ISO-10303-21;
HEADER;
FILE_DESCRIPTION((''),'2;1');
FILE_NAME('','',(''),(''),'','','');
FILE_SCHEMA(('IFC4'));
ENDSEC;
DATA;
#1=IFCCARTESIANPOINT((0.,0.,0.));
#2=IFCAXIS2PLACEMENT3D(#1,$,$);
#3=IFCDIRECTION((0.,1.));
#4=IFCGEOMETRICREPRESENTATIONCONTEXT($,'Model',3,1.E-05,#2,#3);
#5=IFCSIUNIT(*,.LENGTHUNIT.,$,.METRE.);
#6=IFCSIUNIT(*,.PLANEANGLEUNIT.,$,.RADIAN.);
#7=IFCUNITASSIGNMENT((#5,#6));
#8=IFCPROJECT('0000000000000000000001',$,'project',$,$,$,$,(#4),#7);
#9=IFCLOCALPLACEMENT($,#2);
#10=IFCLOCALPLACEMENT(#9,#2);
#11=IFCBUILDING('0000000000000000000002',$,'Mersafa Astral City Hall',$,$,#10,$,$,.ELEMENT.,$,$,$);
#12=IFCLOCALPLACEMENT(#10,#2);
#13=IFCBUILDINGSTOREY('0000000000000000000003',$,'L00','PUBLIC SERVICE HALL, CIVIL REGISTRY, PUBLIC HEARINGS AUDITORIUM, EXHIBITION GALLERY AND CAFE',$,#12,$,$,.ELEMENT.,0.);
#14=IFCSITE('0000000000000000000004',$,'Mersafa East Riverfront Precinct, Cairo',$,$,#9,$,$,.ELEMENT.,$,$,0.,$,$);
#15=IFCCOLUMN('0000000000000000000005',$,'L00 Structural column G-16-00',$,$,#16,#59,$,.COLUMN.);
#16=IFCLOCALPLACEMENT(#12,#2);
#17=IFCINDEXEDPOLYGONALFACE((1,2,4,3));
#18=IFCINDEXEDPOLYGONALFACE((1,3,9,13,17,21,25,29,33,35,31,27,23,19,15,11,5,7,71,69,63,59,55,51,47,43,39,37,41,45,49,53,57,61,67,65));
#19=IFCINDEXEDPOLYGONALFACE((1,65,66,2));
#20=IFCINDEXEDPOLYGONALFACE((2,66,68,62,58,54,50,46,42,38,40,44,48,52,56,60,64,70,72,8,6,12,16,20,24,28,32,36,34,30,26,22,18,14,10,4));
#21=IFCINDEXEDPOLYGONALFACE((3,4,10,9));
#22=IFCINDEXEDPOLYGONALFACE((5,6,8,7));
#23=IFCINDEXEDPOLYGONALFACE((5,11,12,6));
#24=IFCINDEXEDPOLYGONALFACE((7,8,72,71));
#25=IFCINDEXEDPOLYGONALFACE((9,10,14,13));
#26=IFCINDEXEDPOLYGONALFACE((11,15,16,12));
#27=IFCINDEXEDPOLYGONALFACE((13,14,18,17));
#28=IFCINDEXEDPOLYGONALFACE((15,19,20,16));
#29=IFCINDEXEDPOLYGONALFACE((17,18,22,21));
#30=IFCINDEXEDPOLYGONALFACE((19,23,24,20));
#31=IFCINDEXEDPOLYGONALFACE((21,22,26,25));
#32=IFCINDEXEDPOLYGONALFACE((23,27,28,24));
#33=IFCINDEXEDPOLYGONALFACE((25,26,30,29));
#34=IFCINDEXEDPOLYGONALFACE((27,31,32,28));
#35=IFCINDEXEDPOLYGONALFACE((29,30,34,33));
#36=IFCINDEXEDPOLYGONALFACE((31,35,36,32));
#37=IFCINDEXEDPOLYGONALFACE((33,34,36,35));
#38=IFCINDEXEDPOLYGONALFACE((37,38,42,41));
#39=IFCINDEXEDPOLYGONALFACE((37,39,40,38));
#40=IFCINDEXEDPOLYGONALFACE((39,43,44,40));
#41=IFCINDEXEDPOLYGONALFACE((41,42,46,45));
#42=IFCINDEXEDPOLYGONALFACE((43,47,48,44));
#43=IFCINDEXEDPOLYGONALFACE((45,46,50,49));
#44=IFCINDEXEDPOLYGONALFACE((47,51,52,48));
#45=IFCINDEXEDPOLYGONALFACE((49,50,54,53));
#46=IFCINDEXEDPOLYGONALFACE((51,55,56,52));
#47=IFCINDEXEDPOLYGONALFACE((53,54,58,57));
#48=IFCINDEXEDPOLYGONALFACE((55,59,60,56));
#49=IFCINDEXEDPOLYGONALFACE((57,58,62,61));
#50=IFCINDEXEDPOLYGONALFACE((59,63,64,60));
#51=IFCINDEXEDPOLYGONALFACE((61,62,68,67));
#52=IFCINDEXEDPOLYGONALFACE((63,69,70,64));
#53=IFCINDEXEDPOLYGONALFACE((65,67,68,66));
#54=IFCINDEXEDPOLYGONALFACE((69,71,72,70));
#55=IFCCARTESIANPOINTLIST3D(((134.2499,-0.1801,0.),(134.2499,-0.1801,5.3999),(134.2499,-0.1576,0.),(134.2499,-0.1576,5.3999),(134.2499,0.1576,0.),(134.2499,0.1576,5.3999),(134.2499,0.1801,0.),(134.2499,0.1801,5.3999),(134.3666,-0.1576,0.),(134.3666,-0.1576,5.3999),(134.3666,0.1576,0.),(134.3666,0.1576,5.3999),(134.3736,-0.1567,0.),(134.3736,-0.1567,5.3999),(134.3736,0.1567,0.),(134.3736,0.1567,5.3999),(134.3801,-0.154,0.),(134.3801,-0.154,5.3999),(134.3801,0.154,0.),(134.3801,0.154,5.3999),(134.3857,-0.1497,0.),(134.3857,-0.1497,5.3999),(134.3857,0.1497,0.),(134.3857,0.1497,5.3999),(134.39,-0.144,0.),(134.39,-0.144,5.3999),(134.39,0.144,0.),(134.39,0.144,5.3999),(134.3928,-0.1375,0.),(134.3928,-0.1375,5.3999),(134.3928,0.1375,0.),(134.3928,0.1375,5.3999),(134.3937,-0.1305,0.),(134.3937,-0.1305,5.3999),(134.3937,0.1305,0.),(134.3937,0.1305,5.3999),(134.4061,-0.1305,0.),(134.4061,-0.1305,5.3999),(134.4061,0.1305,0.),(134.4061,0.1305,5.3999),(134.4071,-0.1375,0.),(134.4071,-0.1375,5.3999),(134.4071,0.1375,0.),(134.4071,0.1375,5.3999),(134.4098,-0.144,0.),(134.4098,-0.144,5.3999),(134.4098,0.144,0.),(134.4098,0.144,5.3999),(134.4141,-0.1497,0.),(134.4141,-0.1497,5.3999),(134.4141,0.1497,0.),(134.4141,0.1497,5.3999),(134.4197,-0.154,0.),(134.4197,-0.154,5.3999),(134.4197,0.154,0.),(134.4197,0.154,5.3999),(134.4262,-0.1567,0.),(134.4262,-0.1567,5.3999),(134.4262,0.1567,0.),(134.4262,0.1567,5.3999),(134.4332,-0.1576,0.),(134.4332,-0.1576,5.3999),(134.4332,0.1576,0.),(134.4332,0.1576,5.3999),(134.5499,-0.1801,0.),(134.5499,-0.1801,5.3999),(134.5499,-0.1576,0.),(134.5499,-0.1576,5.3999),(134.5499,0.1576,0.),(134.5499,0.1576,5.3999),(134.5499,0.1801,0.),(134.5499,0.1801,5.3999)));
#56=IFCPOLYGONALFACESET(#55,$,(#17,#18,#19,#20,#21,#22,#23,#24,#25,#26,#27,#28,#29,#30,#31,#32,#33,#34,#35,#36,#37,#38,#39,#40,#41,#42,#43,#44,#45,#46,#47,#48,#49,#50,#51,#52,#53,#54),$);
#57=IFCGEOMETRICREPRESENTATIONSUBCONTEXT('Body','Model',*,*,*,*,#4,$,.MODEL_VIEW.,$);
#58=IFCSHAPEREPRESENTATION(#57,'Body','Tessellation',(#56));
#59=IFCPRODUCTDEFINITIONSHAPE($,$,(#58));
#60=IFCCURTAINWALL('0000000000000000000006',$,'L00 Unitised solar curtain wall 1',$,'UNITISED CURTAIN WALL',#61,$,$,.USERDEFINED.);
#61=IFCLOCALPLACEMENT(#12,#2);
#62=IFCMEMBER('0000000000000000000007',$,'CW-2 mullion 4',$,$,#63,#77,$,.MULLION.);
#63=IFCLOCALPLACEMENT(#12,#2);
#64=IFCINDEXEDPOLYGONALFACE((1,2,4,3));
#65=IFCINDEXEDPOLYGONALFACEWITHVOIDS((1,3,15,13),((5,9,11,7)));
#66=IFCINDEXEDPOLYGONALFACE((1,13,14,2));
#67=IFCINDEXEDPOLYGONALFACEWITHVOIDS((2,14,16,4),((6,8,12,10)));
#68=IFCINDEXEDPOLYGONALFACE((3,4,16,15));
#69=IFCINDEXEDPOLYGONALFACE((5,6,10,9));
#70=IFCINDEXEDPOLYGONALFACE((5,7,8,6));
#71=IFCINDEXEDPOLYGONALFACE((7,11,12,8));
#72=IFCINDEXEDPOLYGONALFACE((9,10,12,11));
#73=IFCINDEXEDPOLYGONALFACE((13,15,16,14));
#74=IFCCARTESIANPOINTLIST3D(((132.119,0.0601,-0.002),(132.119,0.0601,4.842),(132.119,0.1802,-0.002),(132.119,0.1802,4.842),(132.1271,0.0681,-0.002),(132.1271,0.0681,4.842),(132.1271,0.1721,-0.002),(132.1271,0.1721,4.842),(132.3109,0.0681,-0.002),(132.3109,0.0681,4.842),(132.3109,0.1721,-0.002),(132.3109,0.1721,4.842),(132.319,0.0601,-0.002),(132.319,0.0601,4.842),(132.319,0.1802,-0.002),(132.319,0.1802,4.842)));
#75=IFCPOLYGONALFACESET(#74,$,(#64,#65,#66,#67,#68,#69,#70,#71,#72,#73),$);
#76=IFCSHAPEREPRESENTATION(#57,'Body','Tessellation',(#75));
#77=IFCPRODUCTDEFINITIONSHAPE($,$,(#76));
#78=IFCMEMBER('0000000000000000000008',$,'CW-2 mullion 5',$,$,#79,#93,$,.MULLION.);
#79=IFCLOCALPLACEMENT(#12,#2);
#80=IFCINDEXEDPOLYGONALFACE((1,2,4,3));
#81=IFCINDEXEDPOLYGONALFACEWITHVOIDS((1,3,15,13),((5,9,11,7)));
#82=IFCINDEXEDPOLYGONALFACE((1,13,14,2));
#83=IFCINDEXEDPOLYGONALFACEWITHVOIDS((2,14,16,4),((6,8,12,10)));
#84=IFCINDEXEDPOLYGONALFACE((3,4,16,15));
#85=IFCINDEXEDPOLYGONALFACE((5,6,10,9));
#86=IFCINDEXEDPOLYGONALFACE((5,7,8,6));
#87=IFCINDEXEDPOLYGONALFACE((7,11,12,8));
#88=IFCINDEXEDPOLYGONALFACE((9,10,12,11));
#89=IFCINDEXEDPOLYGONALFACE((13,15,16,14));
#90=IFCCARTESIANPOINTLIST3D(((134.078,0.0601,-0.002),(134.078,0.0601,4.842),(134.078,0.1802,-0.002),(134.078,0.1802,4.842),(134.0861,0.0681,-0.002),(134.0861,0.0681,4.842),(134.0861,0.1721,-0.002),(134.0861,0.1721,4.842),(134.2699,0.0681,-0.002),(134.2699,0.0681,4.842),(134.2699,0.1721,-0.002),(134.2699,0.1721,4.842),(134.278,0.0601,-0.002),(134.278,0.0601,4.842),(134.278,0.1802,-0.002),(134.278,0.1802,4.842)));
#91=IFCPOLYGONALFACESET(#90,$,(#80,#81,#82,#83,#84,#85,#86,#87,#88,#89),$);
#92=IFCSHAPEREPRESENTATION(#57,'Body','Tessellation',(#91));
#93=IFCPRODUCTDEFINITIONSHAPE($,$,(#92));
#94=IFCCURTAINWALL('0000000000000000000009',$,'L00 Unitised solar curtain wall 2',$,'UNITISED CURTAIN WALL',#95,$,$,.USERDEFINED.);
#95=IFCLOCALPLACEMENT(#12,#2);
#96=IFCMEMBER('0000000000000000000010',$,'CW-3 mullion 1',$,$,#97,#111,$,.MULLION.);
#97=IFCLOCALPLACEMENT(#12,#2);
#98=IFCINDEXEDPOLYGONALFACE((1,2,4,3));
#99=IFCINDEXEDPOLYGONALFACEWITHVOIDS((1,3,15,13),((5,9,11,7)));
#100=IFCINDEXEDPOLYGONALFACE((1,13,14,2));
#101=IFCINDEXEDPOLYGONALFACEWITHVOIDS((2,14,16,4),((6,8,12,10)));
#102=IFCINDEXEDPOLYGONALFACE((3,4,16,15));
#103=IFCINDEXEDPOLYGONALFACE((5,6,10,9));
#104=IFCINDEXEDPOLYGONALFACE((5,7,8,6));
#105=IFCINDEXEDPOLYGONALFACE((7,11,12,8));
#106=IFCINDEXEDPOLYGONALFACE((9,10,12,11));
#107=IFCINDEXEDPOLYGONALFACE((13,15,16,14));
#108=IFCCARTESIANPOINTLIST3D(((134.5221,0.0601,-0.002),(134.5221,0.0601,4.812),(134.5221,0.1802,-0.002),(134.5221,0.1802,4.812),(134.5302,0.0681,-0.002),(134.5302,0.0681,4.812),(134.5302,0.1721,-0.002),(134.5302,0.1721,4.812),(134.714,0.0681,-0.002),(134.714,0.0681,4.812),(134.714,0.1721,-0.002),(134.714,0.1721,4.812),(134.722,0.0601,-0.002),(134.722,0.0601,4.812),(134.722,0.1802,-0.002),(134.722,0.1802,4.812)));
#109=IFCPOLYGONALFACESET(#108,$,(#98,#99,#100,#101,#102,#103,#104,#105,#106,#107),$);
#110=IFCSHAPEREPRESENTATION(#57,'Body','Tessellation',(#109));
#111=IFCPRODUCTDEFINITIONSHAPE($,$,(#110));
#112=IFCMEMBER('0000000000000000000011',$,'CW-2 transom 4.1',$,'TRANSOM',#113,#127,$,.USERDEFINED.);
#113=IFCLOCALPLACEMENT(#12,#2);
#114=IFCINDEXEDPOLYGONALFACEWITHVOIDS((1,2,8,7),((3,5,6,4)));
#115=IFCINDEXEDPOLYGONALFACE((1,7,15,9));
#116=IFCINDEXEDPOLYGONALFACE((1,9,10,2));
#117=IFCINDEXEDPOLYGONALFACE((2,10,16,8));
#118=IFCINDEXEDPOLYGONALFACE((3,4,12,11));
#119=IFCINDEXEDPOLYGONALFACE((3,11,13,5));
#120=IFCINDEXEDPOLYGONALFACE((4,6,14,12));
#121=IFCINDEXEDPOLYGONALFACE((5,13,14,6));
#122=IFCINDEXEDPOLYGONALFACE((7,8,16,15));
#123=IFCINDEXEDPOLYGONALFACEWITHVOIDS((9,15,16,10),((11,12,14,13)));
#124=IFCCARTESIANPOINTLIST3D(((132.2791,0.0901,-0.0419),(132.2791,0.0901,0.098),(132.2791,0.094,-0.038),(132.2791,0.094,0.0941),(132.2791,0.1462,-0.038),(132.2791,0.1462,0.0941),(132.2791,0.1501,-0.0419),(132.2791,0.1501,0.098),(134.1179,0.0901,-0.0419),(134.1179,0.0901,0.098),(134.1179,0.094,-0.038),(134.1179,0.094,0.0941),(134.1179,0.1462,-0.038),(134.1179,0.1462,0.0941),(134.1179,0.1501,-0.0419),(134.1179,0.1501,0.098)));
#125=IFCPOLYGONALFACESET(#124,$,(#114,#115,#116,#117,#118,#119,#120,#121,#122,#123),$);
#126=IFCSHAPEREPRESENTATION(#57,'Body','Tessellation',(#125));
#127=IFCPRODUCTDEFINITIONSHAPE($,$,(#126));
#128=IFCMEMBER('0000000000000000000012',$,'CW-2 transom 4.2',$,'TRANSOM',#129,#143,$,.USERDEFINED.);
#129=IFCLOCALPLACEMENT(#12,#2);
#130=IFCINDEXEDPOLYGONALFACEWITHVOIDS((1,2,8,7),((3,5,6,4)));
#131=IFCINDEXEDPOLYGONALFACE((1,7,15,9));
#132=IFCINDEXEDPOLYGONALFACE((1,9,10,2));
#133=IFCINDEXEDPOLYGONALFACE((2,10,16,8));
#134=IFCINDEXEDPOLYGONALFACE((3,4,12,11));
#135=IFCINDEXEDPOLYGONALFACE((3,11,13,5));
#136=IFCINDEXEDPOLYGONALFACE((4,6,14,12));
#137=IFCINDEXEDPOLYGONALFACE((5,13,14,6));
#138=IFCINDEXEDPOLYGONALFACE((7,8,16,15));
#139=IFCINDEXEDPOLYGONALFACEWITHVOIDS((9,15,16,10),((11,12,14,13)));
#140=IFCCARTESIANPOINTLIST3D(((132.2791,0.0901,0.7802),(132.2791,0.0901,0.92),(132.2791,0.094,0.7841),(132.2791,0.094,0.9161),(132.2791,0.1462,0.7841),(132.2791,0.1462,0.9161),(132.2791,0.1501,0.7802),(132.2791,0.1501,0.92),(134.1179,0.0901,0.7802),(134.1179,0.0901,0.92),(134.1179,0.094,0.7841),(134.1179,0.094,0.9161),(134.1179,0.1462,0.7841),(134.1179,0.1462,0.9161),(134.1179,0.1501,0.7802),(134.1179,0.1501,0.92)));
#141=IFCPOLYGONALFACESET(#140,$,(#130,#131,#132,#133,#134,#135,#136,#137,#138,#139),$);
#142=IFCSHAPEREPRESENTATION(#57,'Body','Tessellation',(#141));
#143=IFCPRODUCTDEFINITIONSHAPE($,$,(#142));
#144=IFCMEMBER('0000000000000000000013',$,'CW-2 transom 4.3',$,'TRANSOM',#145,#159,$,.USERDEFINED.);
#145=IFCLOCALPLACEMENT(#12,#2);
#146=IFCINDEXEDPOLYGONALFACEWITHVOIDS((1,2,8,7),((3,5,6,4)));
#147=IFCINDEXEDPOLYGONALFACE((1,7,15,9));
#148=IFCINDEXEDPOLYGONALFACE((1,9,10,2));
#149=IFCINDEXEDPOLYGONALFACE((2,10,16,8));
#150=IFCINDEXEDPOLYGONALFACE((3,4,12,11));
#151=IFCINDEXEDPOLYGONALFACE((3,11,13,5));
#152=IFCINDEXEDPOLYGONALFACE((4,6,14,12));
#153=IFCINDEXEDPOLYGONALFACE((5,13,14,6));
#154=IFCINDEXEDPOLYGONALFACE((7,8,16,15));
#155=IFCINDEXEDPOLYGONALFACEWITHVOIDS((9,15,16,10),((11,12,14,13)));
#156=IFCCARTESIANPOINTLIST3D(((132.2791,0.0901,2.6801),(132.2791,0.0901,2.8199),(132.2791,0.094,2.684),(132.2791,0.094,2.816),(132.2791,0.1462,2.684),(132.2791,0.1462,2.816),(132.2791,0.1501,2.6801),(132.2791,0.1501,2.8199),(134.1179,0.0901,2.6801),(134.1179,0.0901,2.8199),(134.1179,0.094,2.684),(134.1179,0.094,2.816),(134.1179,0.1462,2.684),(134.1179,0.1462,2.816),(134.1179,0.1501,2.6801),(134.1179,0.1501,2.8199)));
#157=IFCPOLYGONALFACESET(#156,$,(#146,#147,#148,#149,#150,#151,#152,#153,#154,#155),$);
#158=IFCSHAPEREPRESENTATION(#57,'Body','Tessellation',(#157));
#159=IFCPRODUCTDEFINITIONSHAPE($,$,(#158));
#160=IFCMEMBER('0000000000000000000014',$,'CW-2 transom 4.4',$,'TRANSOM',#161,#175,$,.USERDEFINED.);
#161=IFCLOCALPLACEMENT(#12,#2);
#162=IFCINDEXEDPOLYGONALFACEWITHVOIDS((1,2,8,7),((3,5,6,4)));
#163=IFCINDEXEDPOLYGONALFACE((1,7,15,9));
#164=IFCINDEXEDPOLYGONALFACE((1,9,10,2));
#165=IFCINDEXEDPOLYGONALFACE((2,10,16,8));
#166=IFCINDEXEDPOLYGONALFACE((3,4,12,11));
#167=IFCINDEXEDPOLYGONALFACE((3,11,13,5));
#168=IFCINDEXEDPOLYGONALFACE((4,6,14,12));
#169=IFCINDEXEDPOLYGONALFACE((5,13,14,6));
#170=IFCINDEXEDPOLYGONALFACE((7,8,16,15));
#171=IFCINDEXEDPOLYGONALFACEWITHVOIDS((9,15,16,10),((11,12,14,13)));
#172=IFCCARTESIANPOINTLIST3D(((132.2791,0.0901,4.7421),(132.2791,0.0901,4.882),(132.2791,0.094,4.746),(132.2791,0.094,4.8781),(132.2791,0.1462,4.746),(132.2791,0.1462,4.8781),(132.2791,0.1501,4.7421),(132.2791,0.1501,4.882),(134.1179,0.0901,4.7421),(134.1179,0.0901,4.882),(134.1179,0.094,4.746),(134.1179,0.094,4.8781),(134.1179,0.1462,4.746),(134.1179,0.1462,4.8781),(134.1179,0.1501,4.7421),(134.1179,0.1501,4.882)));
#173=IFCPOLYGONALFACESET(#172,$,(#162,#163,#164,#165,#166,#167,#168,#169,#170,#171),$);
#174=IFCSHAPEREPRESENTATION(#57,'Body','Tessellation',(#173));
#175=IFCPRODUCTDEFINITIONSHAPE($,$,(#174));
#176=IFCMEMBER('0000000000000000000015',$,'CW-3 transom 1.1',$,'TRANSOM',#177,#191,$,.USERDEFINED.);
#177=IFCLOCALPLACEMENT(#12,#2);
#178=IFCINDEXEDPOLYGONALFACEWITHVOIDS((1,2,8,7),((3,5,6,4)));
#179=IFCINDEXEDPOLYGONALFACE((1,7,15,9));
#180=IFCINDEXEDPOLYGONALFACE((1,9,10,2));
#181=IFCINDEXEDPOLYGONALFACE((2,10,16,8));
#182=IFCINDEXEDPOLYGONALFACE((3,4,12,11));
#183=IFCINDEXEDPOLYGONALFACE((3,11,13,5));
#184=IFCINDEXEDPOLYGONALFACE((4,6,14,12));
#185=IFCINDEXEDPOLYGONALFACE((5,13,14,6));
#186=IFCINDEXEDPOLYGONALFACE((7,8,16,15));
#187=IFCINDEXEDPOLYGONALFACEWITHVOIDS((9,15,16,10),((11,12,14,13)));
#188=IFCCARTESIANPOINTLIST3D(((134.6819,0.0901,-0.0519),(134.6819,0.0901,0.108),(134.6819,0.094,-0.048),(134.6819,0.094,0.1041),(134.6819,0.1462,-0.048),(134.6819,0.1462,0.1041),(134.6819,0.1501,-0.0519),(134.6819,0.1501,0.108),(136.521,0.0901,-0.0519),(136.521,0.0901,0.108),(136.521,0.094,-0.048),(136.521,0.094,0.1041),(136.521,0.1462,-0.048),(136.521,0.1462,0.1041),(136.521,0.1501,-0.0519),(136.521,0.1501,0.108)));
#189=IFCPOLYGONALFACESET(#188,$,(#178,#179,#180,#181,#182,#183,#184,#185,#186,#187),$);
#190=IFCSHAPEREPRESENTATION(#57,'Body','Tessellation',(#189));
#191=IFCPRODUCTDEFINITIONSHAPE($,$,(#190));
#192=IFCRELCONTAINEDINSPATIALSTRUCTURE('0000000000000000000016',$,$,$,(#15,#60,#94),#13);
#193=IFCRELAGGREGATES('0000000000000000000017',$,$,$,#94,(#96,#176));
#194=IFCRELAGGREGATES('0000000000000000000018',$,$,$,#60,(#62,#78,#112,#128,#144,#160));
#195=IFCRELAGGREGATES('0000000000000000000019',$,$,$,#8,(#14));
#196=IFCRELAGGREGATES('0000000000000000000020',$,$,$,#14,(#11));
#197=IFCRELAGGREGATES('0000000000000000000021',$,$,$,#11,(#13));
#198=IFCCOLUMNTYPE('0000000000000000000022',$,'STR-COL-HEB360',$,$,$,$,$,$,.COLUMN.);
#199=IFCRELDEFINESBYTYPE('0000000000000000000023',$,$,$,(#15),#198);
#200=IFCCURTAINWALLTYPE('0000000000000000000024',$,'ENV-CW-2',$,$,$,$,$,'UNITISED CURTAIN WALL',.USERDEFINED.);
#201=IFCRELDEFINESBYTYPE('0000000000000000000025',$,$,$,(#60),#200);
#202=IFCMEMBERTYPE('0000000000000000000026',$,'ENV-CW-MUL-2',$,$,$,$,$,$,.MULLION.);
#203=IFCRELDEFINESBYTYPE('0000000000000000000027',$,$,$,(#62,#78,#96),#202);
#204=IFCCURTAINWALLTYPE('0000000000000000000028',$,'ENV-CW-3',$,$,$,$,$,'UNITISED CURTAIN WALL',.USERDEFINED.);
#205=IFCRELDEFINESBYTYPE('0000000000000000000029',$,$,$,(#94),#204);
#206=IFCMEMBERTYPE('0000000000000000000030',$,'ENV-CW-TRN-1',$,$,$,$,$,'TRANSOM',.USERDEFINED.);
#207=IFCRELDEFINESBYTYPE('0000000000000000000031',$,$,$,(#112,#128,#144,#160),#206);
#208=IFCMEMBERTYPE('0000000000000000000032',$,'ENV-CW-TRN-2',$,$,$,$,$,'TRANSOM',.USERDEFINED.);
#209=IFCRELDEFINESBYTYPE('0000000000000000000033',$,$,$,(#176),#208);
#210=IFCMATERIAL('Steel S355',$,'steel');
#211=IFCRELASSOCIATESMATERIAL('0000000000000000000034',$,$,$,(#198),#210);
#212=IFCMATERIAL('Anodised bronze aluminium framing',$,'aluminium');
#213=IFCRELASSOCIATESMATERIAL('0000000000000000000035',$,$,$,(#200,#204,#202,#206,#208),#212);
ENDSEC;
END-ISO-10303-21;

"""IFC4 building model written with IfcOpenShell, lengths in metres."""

from ifc_helpers import new_model, si_unit, direction, frame, origin, origin_2d, place, context, subcontext, project, spatial, hollow_rectangle, i_section, extrude, material, material_profile, profile_set, type_object, element, aggregate, save


model = new_model("IFC4")

# Units and contexts
model_context = context("Model", 3, precision=1e-05, world=origin(), true_north=direction((0.0, 1.0)))
body_context = subcontext(model_context, "Body", "Model", "MODEL_VIEW")
ifc_project = project(units=[si_unit("LENGTHUNIT", "METRE"), si_unit("PLANEANGLEUNIT", "RADIAN")], contexts=[model_context])

# Site, building, storey
site_placement = place(None, origin())
site = spatial("IfcSite", under=ifc_project, at=site_placement, Name="Mersafa East Riverfront Precinct, Cairo", CompositionType="ELEMENT", RefElevation=0.0)
building_placement = place(site_placement, origin())
building = spatial("IfcBuilding", under=site, at=building_placement, Name="Mersafa Astral City Hall", CompositionType="ELEMENT")
storey_placement = place(building_placement, origin())
storey = spatial("IfcBuildingStorey", under=building, at=storey_placement, Name="L00", Description="PUBLIC SERVICE HALL, CIVIL REGISTRY, PUBLIC HEARINGS AUDITORIUM, EXHIBITION GALLERY AND CAFE", CompositionType="ELEMENT", Elevation=0.0)

# Column
ifc_material_1 = material(Name="Steel S355", Category="steel")
ifc_material_profile_1 = material_profile(ifc_material_1, i_section(OverallWidth=0.3, OverallDepth=0.3601, WebThickness=0.0125, FlangeThickness=0.0225, FilletRadius=0.0271, at=origin_2d()), Name="HEB 360")
ifc_profile_set_1 = profile_set([ifc_material_profile_1], Name="Steel S355")
column_type = type_object("IfcColumnType", Name="STR-COL-HEB360", PredefinedType="COLUMN", material=ifc_profile_set_1)
column_placement = place(storey_placement, frame((134.3999, 0.0, 0.0), z_axis=(0.0, 0.0, 1.0), x_axis=(1.0, 0.0, 0.0)))
element("IfcColumn", 1, at=column_placement, inside=storey, type_object=column_type, Name="L00 Structural column G-16-00", PredefinedType="COLUMN", context=body_context, shape_type="SweptSolid", body=[
    extrude(i_section(OverallWidth=0.3, OverallDepth=0.3601, WebThickness=0.0125, FlangeThickness=0.0225, FilletRadius=0.0271, at=origin_2d()), origin(), (0.0, 0.0, 1.0), 5.3999),
])

# Curtain wall, members
ifc_material_2 = material(Name="Anodised bronze aluminium framing", Category="aluminium")
curtain_wall_type_1 = type_object("IfcCurtainWallType", Name="ENV-CW-2", ElementType="UNITISED CURTAIN WALL", PredefinedType="USERDEFINED", material=ifc_material_2)
curtain_wall_1_placement = place(storey_placement, origin())
curtain_wall_1 = element("IfcCurtainWall", 2, at=curtain_wall_1_placement, inside=storey, type_object=curtain_wall_type_1, Name="L00 Unitised solar curtain wall 1", ObjectType="UNITISED CURTAIN WALL", PredefinedType="USERDEFINED")
ifc_material_profile_2 = material_profile(ifc_material_2, hollow_rectangle(XDim=0.1201, YDim=0.2, WallThickness=0.0081, at=origin_2d()), Name="RHS 120x200x8")
ifc_profile_set_2 = profile_set([ifc_material_profile_2], Name="Anodised bronze aluminium framing")
member_type_1 = type_object("IfcMemberType", Name="ENV-CW-MUL-2", PredefinedType="MULLION", material=ifc_profile_set_2)
member_1_placement = place(storey_placement, frame((132.219, 0.1201, -0.002), z_axis=(0.0, 0.0, 1.0), x_axis=(0.0, 1.0, 0.0)))
member_1 = element("IfcMember", 3, at=member_1_placement, type_object=member_type_1, Name="CW-2 mullion 4", PredefinedType="MULLION", context=body_context, shape_type="SweptSolid", body=[
    extrude(hollow_rectangle(XDim=0.1201, YDim=0.2, WallThickness=0.0081, at=origin_2d()), origin(), (0.0, 0.0, 1.0), 4.844),
])
member_2_placement = place(storey_placement, frame((134.178, 0.1201, -0.002), z_axis=(0.0, 0.0, 1.0), x_axis=(0.0, 1.0, 0.0)))
member_2 = element("IfcMember", 4, at=member_2_placement, type_object=member_type_1, Name="CW-2 mullion 5", PredefinedType="MULLION", context=body_context, shape_type="SweptSolid", body=[
    extrude(hollow_rectangle(XDim=0.1201, YDim=0.2, WallThickness=0.0081, at=origin_2d()), origin(), (0.0, 0.0, 1.0), 4.844),
])

# Curtain wall, member
curtain_wall_type_2 = type_object("IfcCurtainWallType", Name="ENV-CW-3", ElementType="UNITISED CURTAIN WALL", PredefinedType="USERDEFINED", material=ifc_material_2)
curtain_wall_2_placement = place(storey_placement, origin())
curtain_wall_2 = element("IfcCurtainWall", 5, at=curtain_wall_2_placement, inside=storey, type_object=curtain_wall_type_2, Name="L00 Unitised solar curtain wall 2", ObjectType="UNITISED CURTAIN WALL", PredefinedType="USERDEFINED")
member_3_placement = place(storey_placement, frame((134.6221, 0.1201, -0.002), z_axis=(0.0, 0.0, 1.0), x_axis=(0.0, 1.0, 0.0)))
member_3 = element("IfcMember", 6, at=member_3_placement, type_object=member_type_1, Name="CW-3 mullion 1", PredefinedType="MULLION", context=body_context, shape_type="SweptSolid", body=[
    extrude(hollow_rectangle(XDim=0.1201, YDim=0.2, WallThickness=0.0081, at=origin_2d()), origin(), (0.0, 0.0, 1.0), 4.814),
])

# Members
ifc_material_profile_3 = material_profile(ifc_material_2, hollow_rectangle(XDim=0.0601, YDim=0.1399, WallThickness=0.0039, at=origin_2d()), Name="RHS 60x140x4")
ifc_profile_set_3 = profile_set([ifc_material_profile_3], Name="Anodised bronze aluminium framing")
member_type_2 = type_object("IfcMemberType", Name="ENV-CW-TRN-1", ElementType="TRANSOM", PredefinedType="USERDEFINED", material=ifc_profile_set_3)
member_4_placement = place(storey_placement, frame((132.2791, 0.1201, 0.0281), z_axis=(1.0, 0.0, 0.0), x_axis=(0.0, 1.0, 0.0)))
member_4 = element("IfcMember", 7, at=member_4_placement, type_object=member_type_2, Name="CW-2 transom 4.1", ObjectType="TRANSOM", PredefinedType="USERDEFINED", context=body_context, shape_type="SweptSolid", body=[
    extrude(hollow_rectangle(XDim=0.0601, YDim=0.1399, WallThickness=0.0039, at=origin_2d()), origin(), (0.0, 0.0, 1.0), 1.8389),
])
member_5_placement = place(storey_placement, frame((132.2791, 0.1201, 0.8501), z_axis=(1.0, 0.0, 0.0), x_axis=(0.0, 1.0, 0.0)))
member_5 = element("IfcMember", 8, at=member_5_placement, type_object=member_type_2, Name="CW-2 transom 4.2", ObjectType="TRANSOM", PredefinedType="USERDEFINED", context=body_context, shape_type="SweptSolid", body=[
    extrude(hollow_rectangle(XDim=0.0601, YDim=0.1399, WallThickness=0.0039, at=origin_2d()), origin(), (0.0, 0.0, 1.0), 1.8389),
])
member_6_placement = place(storey_placement, frame((132.2791, 0.1201, 2.75), z_axis=(1.0, 0.0, 0.0), x_axis=(0.0, 1.0, 0.0)))
member_6 = element("IfcMember", 9, at=member_6_placement, type_object=member_type_2, Name="CW-2 transom 4.3", ObjectType="TRANSOM", PredefinedType="USERDEFINED", context=body_context, shape_type="SweptSolid", body=[
    extrude(hollow_rectangle(XDim=0.0601, YDim=0.1399, WallThickness=0.0039, at=origin_2d()), origin(), (0.0, 0.0, 1.0), 1.8389),
])
member_7_placement = place(storey_placement, frame((132.2791, 0.1201, 4.812), z_axis=(1.0, 0.0, 0.0), x_axis=(0.0, 1.0, 0.0)))
member_7 = element("IfcMember", 10, at=member_7_placement, type_object=member_type_2, Name="CW-2 transom 4.4", ObjectType="TRANSOM", PredefinedType="USERDEFINED", context=body_context, shape_type="SweptSolid", body=[
    extrude(hollow_rectangle(XDim=0.0601, YDim=0.1399, WallThickness=0.0039, at=origin_2d()), origin(), (0.0, 0.0, 1.0), 1.8389),
])
ifc_material_profile_4 = material_profile(ifc_material_2, hollow_rectangle(XDim=0.0601, YDim=0.1599, WallThickness=0.0039, at=origin_2d()), Name="RHS 60x160x4")
ifc_profile_set_4 = profile_set([ifc_material_profile_4], Name="Anodised bronze aluminium framing")
member_type_3 = type_object("IfcMemberType", Name="ENV-CW-TRN-2", ElementType="TRANSOM", PredefinedType="USERDEFINED", material=ifc_profile_set_4)
member_8_placement = place(storey_placement, frame((134.6819, 0.1201, 0.0281), z_axis=(1.0, 0.0, 0.0), x_axis=(0.0, 1.0, 0.0)))
member_8 = element("IfcMember", 11, at=member_8_placement, type_object=member_type_3, Name="CW-3 transom 1.1", ObjectType="TRANSOM", PredefinedType="USERDEFINED", context=body_context, shape_type="SweptSolid", body=[
    extrude(hollow_rectangle(XDim=0.0601, YDim=0.1599, WallThickness=0.0039, at=origin_2d()), origin(), (0.0, 0.0, 1.0), 1.8391),
])
aggregate(curtain_wall_2, [member_3, member_8])

aggregate(curtain_wall_1, [member_1, member_2, member_4, member_5, member_6, member_7])

save(model, "model.ifc")
